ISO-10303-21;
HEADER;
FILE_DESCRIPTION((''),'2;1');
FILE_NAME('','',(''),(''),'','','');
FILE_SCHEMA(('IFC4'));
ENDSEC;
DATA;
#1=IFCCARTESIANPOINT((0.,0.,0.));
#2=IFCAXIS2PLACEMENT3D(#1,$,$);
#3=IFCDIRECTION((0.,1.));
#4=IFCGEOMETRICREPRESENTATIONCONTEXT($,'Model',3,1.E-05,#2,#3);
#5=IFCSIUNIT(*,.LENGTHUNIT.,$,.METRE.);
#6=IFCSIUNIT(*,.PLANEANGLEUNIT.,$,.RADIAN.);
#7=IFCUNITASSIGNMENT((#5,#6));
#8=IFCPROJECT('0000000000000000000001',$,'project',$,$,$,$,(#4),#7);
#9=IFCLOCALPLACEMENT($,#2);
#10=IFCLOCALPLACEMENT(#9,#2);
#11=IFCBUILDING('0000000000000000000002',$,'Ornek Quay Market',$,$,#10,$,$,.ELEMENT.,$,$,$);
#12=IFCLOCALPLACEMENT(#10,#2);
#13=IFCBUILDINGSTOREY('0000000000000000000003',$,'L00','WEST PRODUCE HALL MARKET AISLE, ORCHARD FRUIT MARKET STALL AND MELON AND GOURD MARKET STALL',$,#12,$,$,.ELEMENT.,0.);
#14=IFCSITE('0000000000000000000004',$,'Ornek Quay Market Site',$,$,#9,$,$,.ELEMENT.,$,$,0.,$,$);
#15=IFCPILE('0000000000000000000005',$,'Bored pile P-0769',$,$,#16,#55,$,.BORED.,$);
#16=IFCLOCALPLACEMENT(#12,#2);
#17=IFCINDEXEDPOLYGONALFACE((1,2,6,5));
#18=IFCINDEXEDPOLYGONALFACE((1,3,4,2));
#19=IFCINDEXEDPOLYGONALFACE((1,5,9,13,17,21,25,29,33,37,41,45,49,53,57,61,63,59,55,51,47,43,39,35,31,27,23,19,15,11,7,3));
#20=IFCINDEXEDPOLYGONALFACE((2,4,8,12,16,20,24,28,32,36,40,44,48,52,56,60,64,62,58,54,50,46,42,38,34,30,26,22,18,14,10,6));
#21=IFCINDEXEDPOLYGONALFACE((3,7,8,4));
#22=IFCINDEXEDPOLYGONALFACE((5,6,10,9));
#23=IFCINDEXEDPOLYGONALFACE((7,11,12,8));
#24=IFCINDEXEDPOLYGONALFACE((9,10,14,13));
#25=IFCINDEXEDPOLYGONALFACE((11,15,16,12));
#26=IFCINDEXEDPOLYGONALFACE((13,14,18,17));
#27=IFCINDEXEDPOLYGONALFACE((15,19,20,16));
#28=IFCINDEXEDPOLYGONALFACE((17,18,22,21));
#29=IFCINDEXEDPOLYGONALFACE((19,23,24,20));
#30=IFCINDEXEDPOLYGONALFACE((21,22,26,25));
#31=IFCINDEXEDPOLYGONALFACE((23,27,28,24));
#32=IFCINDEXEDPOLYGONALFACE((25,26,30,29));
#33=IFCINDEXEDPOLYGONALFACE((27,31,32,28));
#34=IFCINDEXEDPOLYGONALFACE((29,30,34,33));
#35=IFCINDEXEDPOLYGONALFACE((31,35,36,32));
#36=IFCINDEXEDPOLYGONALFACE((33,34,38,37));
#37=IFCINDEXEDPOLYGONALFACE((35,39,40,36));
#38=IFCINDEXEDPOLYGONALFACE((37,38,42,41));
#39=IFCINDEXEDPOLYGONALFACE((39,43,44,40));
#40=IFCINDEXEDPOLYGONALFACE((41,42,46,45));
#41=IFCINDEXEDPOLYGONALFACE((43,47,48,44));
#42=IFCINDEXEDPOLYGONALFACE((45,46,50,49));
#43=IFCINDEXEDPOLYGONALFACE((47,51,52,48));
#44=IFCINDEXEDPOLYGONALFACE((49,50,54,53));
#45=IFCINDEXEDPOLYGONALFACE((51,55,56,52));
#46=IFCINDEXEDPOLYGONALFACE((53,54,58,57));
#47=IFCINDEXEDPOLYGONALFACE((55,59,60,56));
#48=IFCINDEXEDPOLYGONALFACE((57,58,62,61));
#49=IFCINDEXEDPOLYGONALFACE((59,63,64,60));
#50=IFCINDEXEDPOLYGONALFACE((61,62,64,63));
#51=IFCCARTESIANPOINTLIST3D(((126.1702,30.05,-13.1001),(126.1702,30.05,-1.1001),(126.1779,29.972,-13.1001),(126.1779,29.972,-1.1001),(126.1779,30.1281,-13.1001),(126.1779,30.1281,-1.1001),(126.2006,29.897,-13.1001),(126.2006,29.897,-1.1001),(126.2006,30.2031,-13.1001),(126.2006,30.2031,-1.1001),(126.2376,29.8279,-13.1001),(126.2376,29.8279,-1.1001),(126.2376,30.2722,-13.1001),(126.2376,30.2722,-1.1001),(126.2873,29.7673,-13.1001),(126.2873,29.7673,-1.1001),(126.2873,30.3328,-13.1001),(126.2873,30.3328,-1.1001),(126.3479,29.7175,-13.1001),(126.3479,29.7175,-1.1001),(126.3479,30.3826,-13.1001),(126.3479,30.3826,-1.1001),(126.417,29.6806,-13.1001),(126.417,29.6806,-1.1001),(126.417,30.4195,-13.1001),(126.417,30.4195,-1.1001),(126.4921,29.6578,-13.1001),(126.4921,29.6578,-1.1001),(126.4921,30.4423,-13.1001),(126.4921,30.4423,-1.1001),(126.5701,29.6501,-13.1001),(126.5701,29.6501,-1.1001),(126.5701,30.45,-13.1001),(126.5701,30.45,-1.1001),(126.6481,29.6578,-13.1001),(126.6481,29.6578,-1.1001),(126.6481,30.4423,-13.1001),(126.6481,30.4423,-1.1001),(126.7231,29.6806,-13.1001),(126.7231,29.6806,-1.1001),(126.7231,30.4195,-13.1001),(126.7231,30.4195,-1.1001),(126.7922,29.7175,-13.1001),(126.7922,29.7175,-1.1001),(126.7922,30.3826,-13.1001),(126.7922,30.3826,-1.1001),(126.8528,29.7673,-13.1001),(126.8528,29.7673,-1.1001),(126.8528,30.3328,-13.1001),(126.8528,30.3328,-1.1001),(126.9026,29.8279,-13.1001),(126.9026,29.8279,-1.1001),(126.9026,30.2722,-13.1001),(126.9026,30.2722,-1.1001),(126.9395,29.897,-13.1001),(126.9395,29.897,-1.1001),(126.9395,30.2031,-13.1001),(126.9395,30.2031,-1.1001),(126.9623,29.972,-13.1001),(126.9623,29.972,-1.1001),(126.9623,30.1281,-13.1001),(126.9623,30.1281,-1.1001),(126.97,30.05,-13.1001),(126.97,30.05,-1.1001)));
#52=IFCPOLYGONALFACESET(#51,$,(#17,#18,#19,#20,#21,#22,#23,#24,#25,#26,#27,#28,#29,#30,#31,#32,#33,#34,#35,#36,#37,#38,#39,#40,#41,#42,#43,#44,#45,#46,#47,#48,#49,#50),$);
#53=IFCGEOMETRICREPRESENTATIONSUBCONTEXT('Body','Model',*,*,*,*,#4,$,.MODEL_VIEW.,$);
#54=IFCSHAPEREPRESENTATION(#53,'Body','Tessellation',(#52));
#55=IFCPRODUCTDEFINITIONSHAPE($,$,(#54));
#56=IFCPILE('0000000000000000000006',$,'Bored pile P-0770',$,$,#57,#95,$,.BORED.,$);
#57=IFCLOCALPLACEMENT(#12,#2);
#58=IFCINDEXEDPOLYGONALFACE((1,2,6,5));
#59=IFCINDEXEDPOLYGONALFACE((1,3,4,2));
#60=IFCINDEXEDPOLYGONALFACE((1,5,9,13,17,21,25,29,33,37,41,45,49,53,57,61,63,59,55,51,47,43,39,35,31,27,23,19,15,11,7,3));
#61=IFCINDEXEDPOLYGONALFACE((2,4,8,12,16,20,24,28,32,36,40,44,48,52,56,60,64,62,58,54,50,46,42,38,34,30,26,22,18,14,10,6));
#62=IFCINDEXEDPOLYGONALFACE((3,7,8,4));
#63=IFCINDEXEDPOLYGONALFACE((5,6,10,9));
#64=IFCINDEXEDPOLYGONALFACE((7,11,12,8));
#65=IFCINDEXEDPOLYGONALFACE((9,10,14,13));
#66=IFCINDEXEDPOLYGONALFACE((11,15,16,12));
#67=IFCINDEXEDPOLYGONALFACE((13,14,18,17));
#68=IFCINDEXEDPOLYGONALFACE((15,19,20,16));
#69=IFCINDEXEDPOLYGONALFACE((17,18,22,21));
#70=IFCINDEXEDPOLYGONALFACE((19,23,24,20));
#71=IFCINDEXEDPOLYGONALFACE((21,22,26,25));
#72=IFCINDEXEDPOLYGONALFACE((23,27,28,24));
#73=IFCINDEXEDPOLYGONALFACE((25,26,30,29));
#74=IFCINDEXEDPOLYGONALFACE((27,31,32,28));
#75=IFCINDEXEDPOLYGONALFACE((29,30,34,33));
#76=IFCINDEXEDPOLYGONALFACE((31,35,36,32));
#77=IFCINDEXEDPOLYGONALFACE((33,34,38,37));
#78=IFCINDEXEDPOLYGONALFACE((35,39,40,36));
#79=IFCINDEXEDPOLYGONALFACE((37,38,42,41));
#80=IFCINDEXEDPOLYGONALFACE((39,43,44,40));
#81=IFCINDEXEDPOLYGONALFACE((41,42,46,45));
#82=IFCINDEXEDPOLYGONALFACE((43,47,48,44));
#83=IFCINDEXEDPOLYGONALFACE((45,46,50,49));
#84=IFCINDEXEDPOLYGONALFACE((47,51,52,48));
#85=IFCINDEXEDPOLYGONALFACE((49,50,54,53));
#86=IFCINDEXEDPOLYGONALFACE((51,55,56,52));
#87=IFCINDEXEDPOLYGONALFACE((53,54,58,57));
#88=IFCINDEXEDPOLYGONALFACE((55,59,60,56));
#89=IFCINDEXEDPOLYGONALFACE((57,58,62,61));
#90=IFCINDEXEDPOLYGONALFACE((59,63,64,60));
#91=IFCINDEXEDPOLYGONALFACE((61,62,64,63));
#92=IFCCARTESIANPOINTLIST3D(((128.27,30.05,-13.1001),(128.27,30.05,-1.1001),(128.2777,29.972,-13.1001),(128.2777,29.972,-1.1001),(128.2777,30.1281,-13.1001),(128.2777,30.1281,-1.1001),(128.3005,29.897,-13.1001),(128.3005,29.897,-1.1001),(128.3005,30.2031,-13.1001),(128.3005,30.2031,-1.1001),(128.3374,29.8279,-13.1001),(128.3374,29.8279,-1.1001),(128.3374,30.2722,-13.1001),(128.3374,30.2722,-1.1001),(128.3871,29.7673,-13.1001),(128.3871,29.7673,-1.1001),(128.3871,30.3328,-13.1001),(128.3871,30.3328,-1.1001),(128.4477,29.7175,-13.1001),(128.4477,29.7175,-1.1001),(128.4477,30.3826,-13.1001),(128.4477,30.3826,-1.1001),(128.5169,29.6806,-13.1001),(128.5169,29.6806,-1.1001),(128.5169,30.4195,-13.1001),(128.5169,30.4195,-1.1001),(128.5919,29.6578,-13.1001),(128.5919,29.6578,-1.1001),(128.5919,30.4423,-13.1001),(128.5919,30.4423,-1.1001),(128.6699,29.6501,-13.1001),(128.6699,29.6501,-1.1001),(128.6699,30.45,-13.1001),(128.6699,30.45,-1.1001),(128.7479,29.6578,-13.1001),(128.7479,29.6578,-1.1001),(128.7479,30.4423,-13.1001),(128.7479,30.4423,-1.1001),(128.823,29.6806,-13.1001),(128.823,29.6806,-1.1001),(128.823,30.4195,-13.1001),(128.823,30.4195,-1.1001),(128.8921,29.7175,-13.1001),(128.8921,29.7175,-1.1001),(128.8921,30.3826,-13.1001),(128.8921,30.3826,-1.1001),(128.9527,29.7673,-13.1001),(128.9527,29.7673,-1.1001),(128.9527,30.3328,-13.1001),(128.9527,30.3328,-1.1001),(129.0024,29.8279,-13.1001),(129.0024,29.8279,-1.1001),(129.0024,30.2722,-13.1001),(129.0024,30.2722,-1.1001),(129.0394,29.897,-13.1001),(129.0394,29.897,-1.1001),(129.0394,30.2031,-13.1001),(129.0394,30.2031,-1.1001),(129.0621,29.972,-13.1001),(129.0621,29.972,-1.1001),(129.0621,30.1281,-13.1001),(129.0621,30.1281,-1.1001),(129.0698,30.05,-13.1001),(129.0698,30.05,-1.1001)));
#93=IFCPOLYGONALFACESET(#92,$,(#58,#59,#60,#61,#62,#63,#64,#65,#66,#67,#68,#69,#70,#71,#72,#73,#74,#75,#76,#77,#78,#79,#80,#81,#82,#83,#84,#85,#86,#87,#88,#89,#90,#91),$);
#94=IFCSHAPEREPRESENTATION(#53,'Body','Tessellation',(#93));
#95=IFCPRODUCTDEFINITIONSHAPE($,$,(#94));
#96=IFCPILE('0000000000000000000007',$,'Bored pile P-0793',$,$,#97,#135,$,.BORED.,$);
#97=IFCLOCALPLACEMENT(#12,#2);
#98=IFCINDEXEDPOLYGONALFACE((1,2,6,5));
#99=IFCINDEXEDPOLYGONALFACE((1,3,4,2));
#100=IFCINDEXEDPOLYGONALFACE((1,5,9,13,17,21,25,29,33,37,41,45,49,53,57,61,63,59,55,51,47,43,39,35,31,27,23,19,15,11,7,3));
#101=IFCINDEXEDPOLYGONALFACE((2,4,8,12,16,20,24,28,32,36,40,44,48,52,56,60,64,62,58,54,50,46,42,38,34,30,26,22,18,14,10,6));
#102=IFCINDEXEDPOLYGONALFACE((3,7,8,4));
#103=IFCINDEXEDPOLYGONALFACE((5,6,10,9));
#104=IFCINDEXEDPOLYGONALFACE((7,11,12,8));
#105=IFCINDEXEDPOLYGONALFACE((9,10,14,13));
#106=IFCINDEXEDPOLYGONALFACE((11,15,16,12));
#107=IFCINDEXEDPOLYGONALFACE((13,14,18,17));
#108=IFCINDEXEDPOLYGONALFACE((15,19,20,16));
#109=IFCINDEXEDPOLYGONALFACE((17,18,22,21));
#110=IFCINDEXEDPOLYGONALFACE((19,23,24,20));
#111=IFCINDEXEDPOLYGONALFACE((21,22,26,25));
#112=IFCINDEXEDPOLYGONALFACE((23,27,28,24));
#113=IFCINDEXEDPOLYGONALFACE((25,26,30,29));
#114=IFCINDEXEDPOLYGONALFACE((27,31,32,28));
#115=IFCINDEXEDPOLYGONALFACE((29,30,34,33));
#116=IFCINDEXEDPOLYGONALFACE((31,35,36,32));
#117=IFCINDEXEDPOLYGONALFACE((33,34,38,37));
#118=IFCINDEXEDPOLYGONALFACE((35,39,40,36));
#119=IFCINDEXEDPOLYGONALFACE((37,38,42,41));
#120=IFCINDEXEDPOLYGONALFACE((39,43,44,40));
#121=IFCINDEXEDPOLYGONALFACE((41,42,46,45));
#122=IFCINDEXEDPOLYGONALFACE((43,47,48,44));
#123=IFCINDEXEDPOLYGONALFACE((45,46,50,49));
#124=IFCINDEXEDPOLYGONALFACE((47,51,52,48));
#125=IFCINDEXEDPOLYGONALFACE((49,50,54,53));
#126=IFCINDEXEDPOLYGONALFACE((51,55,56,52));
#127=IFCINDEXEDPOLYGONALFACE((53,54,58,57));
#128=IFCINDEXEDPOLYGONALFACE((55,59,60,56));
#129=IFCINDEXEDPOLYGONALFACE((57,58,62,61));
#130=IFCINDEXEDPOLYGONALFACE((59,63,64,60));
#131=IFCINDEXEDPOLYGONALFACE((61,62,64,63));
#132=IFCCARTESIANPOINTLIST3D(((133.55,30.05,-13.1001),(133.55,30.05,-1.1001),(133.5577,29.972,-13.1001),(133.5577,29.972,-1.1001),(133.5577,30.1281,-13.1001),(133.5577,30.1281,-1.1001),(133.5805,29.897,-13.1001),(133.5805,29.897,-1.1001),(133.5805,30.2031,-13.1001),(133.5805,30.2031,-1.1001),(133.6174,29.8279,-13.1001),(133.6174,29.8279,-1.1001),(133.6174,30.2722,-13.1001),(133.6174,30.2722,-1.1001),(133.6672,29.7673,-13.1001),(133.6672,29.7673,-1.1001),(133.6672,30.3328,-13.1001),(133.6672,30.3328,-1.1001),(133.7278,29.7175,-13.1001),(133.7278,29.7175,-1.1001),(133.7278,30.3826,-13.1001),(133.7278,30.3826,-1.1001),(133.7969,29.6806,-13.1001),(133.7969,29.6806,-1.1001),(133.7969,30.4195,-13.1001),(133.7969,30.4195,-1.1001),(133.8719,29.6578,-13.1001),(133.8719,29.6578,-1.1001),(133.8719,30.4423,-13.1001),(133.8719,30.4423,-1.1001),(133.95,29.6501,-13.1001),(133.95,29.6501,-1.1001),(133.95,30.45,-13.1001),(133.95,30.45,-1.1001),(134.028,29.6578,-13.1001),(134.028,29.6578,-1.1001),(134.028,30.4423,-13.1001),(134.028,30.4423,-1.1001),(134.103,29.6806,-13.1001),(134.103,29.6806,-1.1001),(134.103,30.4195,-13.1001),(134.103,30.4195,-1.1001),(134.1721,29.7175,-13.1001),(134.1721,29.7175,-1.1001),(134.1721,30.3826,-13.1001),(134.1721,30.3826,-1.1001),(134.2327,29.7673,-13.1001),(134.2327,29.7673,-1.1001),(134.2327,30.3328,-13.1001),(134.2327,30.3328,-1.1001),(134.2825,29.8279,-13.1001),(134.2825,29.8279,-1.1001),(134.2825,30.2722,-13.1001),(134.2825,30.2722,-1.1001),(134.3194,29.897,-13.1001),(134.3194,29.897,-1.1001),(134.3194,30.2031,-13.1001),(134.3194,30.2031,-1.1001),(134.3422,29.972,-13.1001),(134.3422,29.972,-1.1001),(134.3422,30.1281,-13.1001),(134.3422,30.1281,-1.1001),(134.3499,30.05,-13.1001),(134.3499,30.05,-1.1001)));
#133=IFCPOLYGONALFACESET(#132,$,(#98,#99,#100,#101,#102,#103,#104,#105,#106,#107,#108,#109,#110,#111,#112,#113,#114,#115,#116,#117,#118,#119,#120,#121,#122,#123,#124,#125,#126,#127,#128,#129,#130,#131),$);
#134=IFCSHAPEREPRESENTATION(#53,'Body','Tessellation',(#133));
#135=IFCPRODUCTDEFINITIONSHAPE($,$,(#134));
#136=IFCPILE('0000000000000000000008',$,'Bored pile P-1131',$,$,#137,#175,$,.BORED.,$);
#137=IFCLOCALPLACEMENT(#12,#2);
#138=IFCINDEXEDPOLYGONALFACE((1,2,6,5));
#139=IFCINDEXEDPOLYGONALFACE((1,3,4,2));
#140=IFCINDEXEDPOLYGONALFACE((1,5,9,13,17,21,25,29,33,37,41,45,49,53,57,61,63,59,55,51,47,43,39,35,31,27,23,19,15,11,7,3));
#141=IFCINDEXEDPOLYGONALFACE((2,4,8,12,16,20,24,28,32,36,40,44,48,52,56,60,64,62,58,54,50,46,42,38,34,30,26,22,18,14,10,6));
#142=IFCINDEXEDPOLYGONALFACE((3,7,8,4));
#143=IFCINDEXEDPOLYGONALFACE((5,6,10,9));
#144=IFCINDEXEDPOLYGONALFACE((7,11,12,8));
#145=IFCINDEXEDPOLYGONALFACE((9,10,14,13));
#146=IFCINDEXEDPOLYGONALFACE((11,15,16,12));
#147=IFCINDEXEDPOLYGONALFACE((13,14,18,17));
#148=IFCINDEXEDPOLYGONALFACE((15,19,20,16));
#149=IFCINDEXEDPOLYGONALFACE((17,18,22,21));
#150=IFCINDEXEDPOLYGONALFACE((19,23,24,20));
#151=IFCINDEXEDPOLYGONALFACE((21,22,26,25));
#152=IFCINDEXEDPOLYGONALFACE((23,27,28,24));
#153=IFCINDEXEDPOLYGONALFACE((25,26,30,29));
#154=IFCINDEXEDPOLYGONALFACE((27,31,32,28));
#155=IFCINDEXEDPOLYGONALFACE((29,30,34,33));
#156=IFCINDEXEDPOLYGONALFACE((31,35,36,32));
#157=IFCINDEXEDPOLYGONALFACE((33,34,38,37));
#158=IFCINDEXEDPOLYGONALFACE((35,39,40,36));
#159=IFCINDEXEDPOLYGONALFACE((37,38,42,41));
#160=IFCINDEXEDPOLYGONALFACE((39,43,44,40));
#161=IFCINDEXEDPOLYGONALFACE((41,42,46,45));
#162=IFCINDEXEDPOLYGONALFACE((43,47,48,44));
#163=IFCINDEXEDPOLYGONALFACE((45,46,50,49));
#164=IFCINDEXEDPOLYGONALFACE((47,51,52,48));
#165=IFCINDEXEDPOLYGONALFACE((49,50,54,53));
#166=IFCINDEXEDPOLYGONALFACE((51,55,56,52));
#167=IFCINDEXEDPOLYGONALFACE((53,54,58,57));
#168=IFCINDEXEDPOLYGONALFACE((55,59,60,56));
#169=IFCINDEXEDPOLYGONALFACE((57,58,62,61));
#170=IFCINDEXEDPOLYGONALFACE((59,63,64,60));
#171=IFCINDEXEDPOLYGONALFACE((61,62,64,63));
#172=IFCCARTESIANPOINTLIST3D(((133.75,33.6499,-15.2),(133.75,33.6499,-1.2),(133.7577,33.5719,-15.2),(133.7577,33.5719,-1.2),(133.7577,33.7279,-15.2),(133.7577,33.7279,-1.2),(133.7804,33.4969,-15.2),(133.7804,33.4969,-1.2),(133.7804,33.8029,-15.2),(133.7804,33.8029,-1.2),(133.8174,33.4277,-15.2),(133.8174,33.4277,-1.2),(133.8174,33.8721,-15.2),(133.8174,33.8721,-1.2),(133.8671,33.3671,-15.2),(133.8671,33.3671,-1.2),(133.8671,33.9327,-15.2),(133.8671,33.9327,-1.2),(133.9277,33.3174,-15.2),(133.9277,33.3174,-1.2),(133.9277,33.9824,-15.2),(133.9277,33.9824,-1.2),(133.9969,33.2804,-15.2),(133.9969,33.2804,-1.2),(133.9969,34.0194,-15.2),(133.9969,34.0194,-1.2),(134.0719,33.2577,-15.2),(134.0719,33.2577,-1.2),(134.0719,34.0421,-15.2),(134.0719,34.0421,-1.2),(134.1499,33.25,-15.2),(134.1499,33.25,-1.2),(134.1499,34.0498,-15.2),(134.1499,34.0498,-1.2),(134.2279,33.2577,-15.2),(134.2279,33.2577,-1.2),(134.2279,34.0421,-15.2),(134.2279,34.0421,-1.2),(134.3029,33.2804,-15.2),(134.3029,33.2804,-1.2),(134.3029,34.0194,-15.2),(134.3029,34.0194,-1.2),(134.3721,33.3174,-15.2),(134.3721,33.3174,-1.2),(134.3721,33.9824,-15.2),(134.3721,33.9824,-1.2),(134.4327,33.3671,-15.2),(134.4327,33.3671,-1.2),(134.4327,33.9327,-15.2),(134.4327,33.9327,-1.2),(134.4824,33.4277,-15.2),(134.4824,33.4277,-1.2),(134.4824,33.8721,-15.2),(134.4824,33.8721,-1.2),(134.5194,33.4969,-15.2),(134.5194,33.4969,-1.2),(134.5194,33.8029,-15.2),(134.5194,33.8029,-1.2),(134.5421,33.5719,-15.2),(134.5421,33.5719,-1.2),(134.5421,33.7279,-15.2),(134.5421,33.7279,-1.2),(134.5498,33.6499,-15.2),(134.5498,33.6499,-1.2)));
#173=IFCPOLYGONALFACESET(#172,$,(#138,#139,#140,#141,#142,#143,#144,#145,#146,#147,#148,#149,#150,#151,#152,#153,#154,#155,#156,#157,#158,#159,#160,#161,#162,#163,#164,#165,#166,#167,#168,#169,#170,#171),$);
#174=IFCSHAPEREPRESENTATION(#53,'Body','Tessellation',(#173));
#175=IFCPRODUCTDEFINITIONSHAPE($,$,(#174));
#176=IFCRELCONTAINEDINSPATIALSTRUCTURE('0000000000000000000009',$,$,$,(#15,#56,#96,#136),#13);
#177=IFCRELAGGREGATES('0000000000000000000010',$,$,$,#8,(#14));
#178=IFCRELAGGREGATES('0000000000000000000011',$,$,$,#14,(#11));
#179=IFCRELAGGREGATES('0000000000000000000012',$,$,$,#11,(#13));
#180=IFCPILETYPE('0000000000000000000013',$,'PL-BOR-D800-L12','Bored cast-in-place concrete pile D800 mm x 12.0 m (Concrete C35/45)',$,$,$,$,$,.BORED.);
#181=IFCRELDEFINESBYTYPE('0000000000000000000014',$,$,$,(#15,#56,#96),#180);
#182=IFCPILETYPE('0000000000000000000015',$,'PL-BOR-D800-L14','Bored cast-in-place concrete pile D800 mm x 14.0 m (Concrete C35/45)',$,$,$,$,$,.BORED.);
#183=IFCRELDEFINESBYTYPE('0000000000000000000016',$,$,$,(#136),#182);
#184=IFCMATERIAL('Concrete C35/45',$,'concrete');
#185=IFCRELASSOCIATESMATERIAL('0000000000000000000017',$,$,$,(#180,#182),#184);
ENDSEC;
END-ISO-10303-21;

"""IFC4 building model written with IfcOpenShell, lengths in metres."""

from ifc_helpers import new_model, si_unit, direction, frame, origin, origin_2d, place, context, subcontext, project, spatial, circle, extrude, material, material_profile, profile_set, type_object, element, save


model = new_model("IFC4")

# Units and contexts
model_context = context("Model", 3, precision=1e-05, world=origin(), true_north=direction((0.0, 1.0)))
body_context = subcontext(model_context, "Body", "Model", "MODEL_VIEW")
ifc_project = project(units=[si_unit("LENGTHUNIT", "METRE"), si_unit("PLANEANGLEUNIT", "RADIAN")], contexts=[model_context])

# Site, building, storey
site_placement = place(None, origin())
site = spatial("IfcSite", under=ifc_project, at=site_placement, Name="Ornek Quay Market Site", CompositionType="ELEMENT", RefElevation=0.0)
building_placement = place(site_placement, origin())
building = spatial("IfcBuilding", under=site, at=building_placement, Name="Ornek Quay Market", CompositionType="ELEMENT")
storey_placement = place(building_placement, origin())
storey = spatial("IfcBuildingStorey", under=building, at=storey_placement, Name="L00", Description="WEST PRODUCE HALL MARKET AISLE, ORCHARD FRUIT MARKET STALL AND MELON AND GOURD MARKET STALL", CompositionType="ELEMENT", Elevation=0.0)

# Piles
ifc_material_1 = material(Name="Concrete C35/45", Category="concrete")
ifc_material_profile_1 = material_profile(ifc_material_1, circle(Radius=0.3999, at=origin_2d()), Name="PILE D800", Category="concrete")
ifc_profile_set_1 = profile_set([ifc_material_profile_1], Name="Concrete C35/45")
pile_type_1 = type_object("IfcPileType", Name="PL-BOR-D800-L12", Description="Bored cast-in-place concrete pile D800 mm x 12.0 m (Concrete C35/45)", PredefinedType="BORED", material=ifc_profile_set_1)
for number, where, z_axis, x_axis, name in (
    (1, (126.5701, 30.05, -1.1001), (0.0, 0.0, -1.0), (1.0, 0.0, 0.0), "Bored pile P-0769"),
    (2, (128.6699, 30.05, -1.1001), (0.0, 0.0, -1.0), (1.0, 0.0, 0.0), "Bored pile P-0770"),
    (3, (133.95, 30.05, -1.1001), (0.0, 0.0, -1.0), (1.0, 0.0, 0.0), "Bored pile P-0793"),
):
    element("IfcPile", number, at=place(storey_placement, frame(where, z_axis=z_axis, x_axis=x_axis)), inside=storey, type_object=pile_type_1, Name=name, PredefinedType="BORED", context=body_context, shape_type="SweptSolid", body=[
        extrude(circle(Radius=0.3999, at=origin_2d()), origin(), (0.0, 0.0, 1.0), 12.0),
    ])
ifc_material_profile_2 = material_profile(ifc_material_1, circle(Radius=0.3999, at=origin_2d()), Name="PILE D800", Category="concrete")
ifc_profile_set_2 = profile_set([ifc_material_profile_2], Name="Concrete C35/45")
pile_type_2 = type_object("IfcPileType", Name="PL-BOR-D800-L14", Description="Bored cast-in-place concrete pile D800 mm x 14.0 m (Concrete C35/45)", PredefinedType="BORED", material=ifc_profile_set_2)
for number, where, z_axis, x_axis, name in (
    (4, (134.1499, 33.6499, -1.2), (0.0, 0.0, -1.0), (1.0, 0.0, 0.0), "Bored pile P-1131"),
):
    element("IfcPile", number, at=place(storey_placement, frame(where, z_axis=z_axis, x_axis=x_axis)), inside=storey, type_object=pile_type_2, Name=name, PredefinedType="BORED", context=body_context, shape_type="SweptSolid", body=[
        extrude(circle(Radius=0.3999, at=origin_2d()), origin(), (0.0, 0.0, 1.0), 14.0),
    ])

save(model, "model.ifc")
